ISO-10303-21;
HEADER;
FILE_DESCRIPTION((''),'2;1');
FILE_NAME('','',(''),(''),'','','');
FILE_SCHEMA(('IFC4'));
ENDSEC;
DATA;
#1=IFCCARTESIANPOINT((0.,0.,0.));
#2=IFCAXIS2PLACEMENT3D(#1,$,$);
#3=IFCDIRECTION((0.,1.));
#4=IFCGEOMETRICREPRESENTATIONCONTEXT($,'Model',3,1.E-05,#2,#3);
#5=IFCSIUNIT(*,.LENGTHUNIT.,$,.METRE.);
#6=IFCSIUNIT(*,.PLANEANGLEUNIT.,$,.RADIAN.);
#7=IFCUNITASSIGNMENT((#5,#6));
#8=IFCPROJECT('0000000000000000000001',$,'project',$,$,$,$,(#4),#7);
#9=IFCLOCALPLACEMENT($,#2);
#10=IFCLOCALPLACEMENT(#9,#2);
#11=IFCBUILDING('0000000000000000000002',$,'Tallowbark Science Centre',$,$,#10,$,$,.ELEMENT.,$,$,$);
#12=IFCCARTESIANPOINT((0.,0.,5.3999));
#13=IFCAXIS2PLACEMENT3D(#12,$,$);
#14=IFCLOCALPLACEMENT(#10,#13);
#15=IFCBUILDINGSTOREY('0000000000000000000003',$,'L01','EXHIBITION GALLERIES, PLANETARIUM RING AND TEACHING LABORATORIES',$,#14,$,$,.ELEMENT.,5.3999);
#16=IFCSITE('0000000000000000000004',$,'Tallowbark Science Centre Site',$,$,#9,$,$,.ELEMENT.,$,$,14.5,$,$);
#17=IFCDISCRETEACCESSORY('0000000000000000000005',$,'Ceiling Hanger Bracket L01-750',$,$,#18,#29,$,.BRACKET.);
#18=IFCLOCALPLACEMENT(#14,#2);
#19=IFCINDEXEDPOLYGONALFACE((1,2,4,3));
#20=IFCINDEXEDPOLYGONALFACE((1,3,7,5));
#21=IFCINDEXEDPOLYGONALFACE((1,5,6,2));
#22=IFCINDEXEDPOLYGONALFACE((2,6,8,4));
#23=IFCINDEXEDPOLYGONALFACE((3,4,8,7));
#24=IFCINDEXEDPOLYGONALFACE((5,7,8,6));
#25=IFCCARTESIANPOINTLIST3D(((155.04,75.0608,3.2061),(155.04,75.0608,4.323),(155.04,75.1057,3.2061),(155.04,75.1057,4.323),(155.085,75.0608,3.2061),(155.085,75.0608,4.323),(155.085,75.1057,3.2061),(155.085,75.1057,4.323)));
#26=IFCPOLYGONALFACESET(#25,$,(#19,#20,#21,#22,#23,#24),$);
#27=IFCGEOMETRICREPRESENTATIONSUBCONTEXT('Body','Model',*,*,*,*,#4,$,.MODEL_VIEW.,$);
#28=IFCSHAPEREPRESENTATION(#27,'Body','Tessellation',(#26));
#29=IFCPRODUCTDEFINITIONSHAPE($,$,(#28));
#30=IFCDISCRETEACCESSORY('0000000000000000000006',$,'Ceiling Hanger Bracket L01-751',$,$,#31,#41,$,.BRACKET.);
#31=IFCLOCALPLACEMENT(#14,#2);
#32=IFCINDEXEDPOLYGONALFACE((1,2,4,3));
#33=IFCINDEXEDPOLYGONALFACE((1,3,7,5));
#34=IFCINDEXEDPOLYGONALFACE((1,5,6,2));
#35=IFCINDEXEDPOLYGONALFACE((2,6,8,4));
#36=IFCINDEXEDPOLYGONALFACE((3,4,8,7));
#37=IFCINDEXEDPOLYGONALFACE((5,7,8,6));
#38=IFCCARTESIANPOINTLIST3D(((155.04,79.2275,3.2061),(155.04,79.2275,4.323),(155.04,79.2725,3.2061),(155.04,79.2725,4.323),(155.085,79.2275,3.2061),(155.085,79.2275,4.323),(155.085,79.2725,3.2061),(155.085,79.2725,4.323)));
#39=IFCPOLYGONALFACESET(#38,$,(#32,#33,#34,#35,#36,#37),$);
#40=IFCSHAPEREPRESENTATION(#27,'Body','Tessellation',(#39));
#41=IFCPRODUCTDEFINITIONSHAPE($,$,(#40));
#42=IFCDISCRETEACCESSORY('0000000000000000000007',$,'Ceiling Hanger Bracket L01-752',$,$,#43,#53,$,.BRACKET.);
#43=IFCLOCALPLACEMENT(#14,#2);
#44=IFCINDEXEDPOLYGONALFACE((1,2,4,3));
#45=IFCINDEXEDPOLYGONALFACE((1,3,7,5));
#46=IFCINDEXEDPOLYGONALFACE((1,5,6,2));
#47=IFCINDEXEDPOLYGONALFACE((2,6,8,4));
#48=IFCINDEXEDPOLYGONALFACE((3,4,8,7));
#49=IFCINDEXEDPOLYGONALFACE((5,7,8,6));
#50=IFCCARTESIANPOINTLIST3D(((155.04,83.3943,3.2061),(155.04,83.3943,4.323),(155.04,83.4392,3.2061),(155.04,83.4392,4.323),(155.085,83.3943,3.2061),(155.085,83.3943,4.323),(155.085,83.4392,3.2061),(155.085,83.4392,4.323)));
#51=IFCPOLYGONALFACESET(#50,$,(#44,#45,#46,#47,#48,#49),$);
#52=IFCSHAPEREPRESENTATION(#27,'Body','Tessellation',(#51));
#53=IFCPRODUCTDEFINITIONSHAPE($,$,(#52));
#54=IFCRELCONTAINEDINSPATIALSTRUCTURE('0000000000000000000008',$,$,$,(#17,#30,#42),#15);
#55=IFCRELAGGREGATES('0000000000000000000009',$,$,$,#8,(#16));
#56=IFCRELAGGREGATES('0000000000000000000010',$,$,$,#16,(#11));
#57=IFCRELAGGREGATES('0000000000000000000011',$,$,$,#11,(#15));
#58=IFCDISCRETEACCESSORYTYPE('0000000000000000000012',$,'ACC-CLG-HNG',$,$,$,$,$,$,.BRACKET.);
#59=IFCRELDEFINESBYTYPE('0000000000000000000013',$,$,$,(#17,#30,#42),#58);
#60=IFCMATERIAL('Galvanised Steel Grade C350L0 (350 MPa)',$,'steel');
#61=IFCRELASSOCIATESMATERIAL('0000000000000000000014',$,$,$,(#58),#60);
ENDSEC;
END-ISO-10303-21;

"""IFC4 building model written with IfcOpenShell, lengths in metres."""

from ifc_helpers import new_model, si_unit, direction, frame, origin, origin_2d, place, context, subcontext, project, spatial, rectangle, extrude, material, type_object, element, save


model = new_model("IFC4")

# Units and contexts
model_context = context("Model", 3, precision=1e-05, world=origin(), true_north=direction((0.0, 1.0)))
body_context = subcontext(model_context, "Body", "Model", "MODEL_VIEW")
ifc_project = project(units=[si_unit("LENGTHUNIT", "METRE"), si_unit("PLANEANGLEUNIT", "RADIAN")], contexts=[model_context])

# Site, building, storey
site_placement = place(None, origin())
site = spatial("IfcSite", under=ifc_project, at=site_placement, Name="Tallowbark Science Centre Site", CompositionType="ELEMENT", RefElevation=14.5)
building_placement = place(site_placement, origin())
building = spatial("IfcBuilding", under=site, at=building_placement, Name="Tallowbark Science Centre", CompositionType="ELEMENT")
storey_placement = place(building_placement, frame((0.0, 0.0, 5.3999)))
storey = spatial("IfcBuildingStorey", under=building, at=storey_placement, Name="L01", Description="EXHIBITION GALLERIES, PLANETARIUM RING AND TEACHING LABORATORIES", CompositionType="ELEMENT", Elevation=5.3999)

# Discrete accessories
ifc_material_1 = material(Name="Galvanised Steel Grade C350L0 (350 MPa)", Category="steel")
discrete_accessory_type = type_object("IfcDiscreteAccessoryType", Name="ACC-CLG-HNG", PredefinedType="BRACKET", material=ifc_material_1)
for number, where, z_axis, x_axis, name in (
    (1, (155.0625, 75.0833, 3.2061), (0.0, 0.0, 1.0), (1.0, 0.0, 0.0), "Ceiling Hanger Bracket L01-750"),
    (2, (155.0625, 79.25, 3.2061), (0.0, 0.0, 1.0), (1.0, 0.0, 0.0), "Ceiling Hanger Bracket L01-751"),
    (3, (155.0625, 83.4167, 3.2061), (0.0, 0.0, 1.0), (1.0, 0.0, 0.0), "Ceiling Hanger Bracket L01-752"),
):
    element("IfcDiscreteAccessory", number, at=place(storey_placement, frame(where, z_axis=z_axis, x_axis=x_axis)), inside=storey, type_object=discrete_accessory_type, Name=name, PredefinedType="BRACKET", context=body_context, shape_type="SweptSolid", body=[
        extrude(rectangle(XDim=0.0449, YDim=0.0449, at=origin_2d()), origin(), (0.0, 0.0, 1.0), 1.1169),
    ])

save(model, "model.ifc")
